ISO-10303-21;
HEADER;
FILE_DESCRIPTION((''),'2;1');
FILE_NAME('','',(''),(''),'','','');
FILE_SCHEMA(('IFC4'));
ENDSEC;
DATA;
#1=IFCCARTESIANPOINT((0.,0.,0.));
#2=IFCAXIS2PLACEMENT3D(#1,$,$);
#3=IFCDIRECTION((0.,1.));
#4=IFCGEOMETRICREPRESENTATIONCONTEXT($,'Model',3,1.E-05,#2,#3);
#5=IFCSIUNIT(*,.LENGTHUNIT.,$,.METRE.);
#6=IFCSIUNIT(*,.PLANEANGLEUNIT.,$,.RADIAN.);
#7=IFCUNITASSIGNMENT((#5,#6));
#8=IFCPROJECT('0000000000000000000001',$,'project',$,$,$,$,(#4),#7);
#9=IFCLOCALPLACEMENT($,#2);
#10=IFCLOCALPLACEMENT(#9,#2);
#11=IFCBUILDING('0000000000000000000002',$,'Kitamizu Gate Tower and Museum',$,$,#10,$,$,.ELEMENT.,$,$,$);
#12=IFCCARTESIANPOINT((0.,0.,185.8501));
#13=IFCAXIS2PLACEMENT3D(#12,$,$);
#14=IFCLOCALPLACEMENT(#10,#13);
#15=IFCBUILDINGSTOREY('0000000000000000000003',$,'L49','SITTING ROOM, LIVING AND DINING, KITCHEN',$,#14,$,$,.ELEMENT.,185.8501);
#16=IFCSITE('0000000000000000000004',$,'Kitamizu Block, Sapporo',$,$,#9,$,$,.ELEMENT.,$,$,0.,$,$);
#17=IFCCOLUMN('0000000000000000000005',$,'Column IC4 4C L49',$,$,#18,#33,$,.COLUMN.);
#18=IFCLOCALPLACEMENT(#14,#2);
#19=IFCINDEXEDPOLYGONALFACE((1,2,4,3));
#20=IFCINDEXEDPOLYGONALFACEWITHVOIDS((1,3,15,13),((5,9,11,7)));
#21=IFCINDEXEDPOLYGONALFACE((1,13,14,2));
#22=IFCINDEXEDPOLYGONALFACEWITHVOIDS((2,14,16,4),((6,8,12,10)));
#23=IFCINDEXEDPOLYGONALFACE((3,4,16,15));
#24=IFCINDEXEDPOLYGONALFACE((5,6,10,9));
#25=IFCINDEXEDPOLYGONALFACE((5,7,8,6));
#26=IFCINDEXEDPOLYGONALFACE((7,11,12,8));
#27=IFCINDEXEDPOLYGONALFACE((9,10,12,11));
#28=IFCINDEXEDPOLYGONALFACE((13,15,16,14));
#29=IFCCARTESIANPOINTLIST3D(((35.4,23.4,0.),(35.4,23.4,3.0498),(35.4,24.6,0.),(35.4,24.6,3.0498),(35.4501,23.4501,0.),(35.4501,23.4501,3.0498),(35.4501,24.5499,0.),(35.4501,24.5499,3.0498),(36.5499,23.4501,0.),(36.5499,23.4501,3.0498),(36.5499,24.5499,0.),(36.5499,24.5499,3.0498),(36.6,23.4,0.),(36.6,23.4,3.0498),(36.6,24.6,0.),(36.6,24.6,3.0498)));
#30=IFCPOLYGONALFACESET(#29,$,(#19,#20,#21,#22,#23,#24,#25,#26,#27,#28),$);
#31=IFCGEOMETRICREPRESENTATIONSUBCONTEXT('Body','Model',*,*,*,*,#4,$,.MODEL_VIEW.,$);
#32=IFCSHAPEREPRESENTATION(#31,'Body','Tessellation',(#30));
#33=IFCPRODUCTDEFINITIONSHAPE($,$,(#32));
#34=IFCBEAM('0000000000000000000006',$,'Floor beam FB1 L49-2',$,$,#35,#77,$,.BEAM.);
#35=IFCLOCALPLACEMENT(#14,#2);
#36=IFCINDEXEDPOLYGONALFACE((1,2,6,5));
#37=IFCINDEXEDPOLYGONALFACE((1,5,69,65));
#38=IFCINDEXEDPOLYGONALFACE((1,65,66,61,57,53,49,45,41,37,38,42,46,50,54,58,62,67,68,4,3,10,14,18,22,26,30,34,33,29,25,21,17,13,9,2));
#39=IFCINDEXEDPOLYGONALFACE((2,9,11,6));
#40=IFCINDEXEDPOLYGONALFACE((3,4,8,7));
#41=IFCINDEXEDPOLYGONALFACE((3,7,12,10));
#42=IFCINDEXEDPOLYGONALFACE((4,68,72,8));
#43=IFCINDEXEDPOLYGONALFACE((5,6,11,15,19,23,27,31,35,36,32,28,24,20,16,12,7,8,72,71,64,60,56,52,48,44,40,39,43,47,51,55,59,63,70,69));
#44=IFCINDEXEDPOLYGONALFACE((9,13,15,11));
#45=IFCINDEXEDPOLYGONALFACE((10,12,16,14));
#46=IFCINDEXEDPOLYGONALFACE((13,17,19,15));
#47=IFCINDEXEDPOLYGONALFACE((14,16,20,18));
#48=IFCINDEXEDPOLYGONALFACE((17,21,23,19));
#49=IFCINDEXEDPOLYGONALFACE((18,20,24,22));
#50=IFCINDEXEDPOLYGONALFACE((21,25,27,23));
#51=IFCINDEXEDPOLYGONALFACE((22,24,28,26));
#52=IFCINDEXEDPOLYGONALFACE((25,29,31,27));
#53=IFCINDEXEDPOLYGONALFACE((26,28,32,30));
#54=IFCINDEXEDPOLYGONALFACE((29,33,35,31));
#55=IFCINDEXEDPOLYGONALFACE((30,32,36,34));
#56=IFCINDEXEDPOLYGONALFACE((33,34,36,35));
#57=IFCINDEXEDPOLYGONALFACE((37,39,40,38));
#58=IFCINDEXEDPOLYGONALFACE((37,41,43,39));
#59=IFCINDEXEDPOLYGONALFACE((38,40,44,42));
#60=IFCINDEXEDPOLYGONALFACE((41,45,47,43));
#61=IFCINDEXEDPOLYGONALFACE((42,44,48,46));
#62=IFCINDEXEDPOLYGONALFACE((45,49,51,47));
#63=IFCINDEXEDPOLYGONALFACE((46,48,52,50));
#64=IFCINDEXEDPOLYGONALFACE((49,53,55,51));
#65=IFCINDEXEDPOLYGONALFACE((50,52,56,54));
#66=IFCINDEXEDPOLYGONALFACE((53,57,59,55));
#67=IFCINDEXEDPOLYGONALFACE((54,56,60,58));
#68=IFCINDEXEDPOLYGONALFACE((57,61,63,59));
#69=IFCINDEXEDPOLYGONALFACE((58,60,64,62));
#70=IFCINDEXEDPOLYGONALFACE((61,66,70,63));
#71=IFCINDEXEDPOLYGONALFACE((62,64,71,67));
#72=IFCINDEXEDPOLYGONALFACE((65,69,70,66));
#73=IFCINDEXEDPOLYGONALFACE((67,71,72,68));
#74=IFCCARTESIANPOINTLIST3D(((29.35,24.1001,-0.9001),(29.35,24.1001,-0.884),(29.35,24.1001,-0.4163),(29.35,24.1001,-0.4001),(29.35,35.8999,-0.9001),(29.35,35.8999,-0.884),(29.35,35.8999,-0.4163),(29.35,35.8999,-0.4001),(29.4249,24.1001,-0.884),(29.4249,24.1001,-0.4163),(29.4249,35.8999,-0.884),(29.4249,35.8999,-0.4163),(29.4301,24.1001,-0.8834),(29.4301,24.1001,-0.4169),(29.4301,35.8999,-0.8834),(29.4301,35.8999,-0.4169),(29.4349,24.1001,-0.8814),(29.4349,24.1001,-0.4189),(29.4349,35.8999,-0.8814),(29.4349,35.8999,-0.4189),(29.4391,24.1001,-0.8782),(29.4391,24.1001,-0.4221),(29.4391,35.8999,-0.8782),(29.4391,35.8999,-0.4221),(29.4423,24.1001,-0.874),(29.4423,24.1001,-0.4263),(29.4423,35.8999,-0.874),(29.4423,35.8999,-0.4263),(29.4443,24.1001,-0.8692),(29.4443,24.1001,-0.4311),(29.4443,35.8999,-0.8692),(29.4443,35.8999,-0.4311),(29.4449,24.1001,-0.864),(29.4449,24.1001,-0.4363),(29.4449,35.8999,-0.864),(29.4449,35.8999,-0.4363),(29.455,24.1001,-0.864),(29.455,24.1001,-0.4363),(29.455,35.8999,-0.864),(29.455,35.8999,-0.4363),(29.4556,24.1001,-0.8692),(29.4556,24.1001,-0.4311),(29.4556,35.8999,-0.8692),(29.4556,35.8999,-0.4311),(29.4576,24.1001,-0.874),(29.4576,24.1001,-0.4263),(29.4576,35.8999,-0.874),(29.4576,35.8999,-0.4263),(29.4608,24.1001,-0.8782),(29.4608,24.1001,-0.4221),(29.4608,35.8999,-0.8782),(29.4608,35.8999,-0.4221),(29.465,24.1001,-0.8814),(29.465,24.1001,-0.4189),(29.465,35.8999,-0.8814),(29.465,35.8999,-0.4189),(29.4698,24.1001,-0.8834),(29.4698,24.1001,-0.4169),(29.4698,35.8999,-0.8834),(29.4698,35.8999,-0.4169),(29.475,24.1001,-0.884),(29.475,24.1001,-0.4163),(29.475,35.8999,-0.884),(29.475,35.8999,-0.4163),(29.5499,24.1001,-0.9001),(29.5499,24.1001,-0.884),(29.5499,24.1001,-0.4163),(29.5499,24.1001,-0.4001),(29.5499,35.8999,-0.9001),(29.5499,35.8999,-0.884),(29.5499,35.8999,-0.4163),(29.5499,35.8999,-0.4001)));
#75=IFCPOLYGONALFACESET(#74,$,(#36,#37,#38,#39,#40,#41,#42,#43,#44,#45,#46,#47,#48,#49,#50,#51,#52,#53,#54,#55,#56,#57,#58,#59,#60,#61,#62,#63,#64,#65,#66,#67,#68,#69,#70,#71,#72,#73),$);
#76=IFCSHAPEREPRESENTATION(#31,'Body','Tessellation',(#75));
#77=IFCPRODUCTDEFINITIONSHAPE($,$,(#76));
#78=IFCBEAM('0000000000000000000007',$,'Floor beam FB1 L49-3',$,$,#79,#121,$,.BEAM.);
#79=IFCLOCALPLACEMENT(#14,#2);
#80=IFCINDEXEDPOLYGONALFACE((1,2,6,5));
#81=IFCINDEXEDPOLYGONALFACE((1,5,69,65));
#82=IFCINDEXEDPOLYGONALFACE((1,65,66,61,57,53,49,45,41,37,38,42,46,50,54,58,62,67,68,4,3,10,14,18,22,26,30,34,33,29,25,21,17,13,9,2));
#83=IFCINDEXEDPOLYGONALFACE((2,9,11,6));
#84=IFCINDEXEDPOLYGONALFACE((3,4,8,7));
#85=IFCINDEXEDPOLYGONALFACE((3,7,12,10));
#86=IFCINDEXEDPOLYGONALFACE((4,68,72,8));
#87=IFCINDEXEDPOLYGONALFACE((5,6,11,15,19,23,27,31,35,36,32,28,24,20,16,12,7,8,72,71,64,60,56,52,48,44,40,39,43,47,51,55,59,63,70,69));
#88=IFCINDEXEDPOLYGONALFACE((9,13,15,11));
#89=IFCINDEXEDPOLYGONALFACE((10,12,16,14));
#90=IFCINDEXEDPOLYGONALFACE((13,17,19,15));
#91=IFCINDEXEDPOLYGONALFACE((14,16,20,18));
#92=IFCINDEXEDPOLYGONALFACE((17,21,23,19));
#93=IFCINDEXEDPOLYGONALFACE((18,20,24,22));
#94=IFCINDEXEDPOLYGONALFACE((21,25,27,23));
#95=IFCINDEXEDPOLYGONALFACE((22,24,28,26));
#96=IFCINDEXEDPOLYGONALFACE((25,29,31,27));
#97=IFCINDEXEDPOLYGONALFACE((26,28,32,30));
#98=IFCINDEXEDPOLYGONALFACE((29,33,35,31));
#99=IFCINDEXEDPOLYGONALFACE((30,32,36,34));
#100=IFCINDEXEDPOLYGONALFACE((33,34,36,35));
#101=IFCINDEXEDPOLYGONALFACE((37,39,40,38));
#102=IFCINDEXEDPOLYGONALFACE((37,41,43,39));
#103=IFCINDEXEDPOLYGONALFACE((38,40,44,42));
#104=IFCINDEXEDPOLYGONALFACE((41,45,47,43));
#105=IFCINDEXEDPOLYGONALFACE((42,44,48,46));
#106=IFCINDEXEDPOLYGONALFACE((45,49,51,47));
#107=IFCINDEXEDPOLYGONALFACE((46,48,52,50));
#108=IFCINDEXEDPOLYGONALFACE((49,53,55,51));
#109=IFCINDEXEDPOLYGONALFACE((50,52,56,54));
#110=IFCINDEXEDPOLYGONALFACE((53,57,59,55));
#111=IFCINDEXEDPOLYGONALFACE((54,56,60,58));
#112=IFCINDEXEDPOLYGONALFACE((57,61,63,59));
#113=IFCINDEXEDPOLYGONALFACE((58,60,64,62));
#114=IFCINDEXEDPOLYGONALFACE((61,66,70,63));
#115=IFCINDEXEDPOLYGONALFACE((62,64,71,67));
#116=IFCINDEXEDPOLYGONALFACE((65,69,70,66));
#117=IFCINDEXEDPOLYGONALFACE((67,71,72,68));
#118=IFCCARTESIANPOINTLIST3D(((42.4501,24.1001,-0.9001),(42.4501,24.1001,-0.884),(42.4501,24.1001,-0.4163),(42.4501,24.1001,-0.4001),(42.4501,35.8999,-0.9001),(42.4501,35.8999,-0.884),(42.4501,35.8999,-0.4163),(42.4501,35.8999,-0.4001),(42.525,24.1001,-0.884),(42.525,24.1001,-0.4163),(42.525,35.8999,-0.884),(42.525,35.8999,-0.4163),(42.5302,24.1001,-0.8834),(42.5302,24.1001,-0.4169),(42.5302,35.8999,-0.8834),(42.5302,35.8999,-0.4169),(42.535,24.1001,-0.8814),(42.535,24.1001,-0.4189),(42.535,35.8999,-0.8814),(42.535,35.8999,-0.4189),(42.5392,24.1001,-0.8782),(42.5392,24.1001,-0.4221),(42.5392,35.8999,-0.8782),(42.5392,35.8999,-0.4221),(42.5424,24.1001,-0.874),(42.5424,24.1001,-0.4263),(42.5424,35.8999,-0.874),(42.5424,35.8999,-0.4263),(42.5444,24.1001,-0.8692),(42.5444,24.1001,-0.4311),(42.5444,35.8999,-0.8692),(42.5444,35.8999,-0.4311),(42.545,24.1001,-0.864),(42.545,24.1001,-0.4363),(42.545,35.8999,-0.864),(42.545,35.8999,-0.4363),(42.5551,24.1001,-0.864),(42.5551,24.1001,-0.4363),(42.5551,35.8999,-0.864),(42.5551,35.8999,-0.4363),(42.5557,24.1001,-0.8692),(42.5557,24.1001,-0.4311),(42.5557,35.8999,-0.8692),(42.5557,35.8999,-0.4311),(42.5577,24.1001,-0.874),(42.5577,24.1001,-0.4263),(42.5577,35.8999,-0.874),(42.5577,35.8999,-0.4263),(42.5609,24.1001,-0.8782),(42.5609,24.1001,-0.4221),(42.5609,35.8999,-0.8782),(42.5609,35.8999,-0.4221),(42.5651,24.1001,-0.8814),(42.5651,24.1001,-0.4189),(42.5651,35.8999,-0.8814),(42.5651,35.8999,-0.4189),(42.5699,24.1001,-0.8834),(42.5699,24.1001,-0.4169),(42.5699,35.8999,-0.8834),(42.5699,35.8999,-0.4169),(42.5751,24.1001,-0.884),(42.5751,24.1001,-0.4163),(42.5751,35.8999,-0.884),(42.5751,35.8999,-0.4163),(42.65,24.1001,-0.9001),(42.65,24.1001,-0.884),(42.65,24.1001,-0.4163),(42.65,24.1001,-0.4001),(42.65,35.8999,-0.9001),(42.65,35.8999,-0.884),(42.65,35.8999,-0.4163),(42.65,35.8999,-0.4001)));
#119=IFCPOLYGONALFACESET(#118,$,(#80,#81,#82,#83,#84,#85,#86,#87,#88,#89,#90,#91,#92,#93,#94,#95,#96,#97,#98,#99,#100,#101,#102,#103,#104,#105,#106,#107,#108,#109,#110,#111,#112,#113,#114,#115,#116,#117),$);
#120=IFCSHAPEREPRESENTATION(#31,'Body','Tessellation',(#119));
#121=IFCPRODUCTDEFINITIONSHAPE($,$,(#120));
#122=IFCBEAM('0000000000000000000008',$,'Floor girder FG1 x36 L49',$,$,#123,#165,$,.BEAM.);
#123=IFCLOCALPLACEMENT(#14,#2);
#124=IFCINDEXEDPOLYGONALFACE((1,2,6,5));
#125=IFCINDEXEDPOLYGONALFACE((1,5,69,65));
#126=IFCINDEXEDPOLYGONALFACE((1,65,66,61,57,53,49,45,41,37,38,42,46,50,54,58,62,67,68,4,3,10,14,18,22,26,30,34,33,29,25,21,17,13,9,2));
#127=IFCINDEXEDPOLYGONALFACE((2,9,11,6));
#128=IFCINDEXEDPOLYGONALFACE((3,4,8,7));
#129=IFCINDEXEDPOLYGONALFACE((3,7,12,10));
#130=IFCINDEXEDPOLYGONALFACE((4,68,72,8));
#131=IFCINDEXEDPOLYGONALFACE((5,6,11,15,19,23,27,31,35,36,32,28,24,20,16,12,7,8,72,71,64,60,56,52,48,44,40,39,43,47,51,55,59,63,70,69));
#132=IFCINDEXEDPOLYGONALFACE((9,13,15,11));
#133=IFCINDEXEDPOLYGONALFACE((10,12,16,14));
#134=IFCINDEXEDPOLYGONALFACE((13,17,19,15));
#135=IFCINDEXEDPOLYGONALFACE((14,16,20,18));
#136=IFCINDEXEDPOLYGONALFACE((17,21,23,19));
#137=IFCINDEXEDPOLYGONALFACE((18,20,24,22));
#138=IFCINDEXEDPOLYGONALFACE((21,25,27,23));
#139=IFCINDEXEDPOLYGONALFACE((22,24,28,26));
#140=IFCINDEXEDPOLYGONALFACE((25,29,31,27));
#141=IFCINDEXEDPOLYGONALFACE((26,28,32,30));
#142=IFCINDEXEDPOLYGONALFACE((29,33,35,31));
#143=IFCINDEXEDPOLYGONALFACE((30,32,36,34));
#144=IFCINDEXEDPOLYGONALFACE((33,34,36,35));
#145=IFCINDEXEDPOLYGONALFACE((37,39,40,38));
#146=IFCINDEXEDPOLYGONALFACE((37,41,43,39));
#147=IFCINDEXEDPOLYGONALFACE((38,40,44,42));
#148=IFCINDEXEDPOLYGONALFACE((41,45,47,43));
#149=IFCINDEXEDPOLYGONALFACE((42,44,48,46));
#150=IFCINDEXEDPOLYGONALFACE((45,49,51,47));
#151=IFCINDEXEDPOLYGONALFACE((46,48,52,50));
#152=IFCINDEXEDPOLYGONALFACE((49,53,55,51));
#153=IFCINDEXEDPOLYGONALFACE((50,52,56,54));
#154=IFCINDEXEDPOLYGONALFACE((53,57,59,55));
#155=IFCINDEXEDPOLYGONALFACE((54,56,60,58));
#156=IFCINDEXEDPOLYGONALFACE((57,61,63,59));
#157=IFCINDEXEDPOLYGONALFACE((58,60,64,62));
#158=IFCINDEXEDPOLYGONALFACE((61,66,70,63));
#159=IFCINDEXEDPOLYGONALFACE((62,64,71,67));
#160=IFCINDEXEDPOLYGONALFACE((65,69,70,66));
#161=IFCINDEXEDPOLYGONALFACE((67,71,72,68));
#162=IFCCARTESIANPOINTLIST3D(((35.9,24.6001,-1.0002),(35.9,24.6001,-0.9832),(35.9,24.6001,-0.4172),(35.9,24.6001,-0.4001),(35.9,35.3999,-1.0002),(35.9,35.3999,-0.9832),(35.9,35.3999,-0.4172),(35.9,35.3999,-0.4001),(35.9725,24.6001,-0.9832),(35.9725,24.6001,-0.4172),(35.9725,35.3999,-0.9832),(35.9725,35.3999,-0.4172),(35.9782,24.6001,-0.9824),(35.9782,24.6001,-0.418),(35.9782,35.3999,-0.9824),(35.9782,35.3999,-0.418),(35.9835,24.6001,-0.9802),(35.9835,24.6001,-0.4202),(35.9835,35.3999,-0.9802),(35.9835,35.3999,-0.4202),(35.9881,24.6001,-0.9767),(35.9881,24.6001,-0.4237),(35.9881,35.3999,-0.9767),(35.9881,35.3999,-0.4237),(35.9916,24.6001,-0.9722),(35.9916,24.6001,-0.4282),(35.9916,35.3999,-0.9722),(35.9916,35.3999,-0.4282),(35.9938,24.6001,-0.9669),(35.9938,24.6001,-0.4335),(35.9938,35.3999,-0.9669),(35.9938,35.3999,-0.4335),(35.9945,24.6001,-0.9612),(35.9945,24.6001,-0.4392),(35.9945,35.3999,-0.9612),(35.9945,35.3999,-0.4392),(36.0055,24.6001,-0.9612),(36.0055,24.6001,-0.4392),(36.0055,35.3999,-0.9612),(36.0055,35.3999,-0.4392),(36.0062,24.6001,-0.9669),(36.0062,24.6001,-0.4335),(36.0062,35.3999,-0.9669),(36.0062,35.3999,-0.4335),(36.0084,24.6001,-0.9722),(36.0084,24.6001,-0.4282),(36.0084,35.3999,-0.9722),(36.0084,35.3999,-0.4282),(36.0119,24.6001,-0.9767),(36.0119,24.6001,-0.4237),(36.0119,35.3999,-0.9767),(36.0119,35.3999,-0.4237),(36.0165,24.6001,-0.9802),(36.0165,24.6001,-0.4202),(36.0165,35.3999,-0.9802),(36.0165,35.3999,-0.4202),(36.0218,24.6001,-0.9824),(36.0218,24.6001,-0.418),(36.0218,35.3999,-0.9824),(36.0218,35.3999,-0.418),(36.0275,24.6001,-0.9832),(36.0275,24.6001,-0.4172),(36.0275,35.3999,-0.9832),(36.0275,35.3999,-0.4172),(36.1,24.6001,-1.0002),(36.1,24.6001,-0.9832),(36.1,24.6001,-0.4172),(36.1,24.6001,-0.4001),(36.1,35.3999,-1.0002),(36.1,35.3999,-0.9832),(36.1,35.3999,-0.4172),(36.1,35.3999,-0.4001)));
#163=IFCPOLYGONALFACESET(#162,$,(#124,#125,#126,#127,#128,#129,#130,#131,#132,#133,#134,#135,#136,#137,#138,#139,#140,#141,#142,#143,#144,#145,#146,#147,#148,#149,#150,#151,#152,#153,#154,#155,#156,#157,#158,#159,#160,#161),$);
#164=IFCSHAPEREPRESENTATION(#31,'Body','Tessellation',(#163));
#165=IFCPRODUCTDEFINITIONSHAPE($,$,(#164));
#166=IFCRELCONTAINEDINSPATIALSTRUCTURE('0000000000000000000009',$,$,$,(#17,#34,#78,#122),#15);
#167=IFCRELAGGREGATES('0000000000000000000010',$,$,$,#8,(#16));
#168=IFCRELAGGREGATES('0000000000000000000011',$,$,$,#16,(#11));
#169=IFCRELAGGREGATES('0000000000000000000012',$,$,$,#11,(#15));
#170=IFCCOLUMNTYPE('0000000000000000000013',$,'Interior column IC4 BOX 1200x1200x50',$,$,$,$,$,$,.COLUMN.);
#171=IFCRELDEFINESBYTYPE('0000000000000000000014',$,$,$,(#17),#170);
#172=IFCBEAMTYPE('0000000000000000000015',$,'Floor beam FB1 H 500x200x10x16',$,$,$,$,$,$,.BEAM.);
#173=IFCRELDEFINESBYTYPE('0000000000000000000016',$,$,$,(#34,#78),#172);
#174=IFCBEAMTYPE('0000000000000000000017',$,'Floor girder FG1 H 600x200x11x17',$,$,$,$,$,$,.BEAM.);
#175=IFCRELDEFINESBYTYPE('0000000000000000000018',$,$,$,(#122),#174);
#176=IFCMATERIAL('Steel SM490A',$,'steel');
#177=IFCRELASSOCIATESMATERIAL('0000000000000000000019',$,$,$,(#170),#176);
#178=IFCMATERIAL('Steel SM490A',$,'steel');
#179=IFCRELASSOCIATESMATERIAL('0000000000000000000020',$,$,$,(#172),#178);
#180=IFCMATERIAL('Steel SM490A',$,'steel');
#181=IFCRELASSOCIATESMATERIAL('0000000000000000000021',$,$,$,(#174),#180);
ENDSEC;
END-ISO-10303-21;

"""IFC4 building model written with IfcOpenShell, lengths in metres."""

from ifc_helpers import new_model, si_unit, direction, frame, origin, origin_2d, place, context, subcontext, project, spatial, hollow_rectangle, i_section, extrude, material, material_profile, profile_set, type_object, element, save


model = new_model("IFC4")

# Units and contexts
model_context = context("Model", 3, precision=1e-05, world=origin(), true_north=direction((0.0, 1.0)))
body_context = subcontext(model_context, "Body", "Model", "MODEL_VIEW")
ifc_project = project(units=[si_unit("LENGTHUNIT", "METRE"), si_unit("PLANEANGLEUNIT", "RADIAN")], contexts=[model_context])

# Site, building, storey
site_placement = place(None, origin())
site = spatial("IfcSite", under=ifc_project, at=site_placement, Name="Kitamizu Block, Sapporo", CompositionType="ELEMENT", RefElevation=0.0)
building_placement = place(site_placement, origin())
building = spatial("IfcBuilding", under=site, at=building_placement, Name="Kitamizu Gate Tower and Museum", CompositionType="ELEMENT")
storey_placement = place(building_placement, frame((0.0, 0.0, 185.8501)))
storey = spatial("IfcBuildingStorey", under=building, at=storey_placement, Name="L49", Description="SITTING ROOM, LIVING AND DINING, KITCHEN", CompositionType="ELEMENT", Elevation=185.8501)

# Column
ifc_material_1 = material(Name="Steel SM490A", Category="steel")
ifc_material_profile_1 = material_profile(ifc_material_1, hollow_rectangle(XDim=1.2, YDim=1.2, WallThickness=0.05, at=origin_2d()), Name="BOX 1200x1200x50")
ifc_profile_set_1 = profile_set([ifc_material_profile_1], Name="Steel SM490A")
column_type = type_object("IfcColumnType", Name="Interior column IC4 BOX 1200x1200x50", PredefinedType="COLUMN", material=ifc_profile_set_1)
column_placement = place(storey_placement, frame((36.0, 24.0, 0.0), z_axis=(0.0, 0.0, 1.0), x_axis=(1.0, 0.0, 0.0)))
element("IfcColumn", 1, at=column_placement, inside=storey, type_object=column_type, Name="Column IC4 4C L49", PredefinedType="COLUMN", context=body_context, shape_type="SweptSolid", body=[
    extrude(hollow_rectangle(XDim=1.2, YDim=1.2, WallThickness=0.05, at=origin_2d()), origin(), (0.0, 0.0, 1.0), 3.0498),
])

# Beams
ifc_material_2 = material(Name="Steel SM490A", Category="steel")
ifc_material_profile_2 = material_profile(ifc_material_2, i_section(OverallWidth=0.2, OverallDepth=0.5, WebThickness=0.01, FlangeThickness=0.0161, FilletRadius=0.02, at=origin_2d()), Name="H-500x200x10x16")
ifc_profile_set_2 = profile_set([ifc_material_profile_2], Name="Steel SM490A")
beam_type_1 = type_object("IfcBeamType", Name="Floor beam FB1 H 500x200x10x16", PredefinedType="BEAM", material=ifc_profile_set_2)
for number, where, z_axis, x_axis, name in (
    (2, (29.45, 24.1001, -0.6501), (0.0, 1.0, 0.0), (-1.0, 0.0, 0.0), "Floor beam FB1 L49-2"),
    (3, (42.55, 24.1001, -0.6501), (0.0, 1.0, 0.0), (-1.0, 0.0, 0.0), "Floor beam FB1 L49-3"),
):
    element("IfcBeam", number, at=place(storey_placement, frame(where, z_axis=z_axis, x_axis=x_axis)), inside=storey, type_object=beam_type_1, Name=name, PredefinedType="BEAM", context=body_context, shape_type="SweptSolid", body=[
        extrude(i_section(OverallWidth=0.2, OverallDepth=0.5, WebThickness=0.01, FlangeThickness=0.0161, FilletRadius=0.02, at=origin_2d()), origin(), (0.0, 0.0, 1.0), 11.7998),
    ])
ifc_material_3 = material(Name="Steel SM490A", Category="steel")
ifc_material_profile_3 = material_profile(ifc_material_3, i_section(OverallWidth=0.2, OverallDepth=0.6001, WebThickness=0.011, FlangeThickness=0.0171, FilletRadius=0.022, at=origin_2d()), Name="H-600x200x11x17")
ifc_profile_set_3 = profile_set([ifc_material_profile_3], Name="Steel SM490A")
beam_type_2 = type_object("IfcBeamType", Name="Floor girder FG1 H 600x200x11x17", PredefinedType="BEAM", material=ifc_profile_set_3)
beam_1_placement = place(storey_placement, frame((36.0, 24.6001, -0.7002), z_axis=(0.0, 1.0, 0.0), x_axis=(-1.0, 0.0, 0.0)))
element("IfcBeam", 4, at=beam_1_placement, inside=storey, type_object=beam_type_2, Name="Floor girder FG1 x36 L49", PredefinedType="BEAM", context=body_context, shape_type="SweptSolid", body=[
    extrude(i_section(OverallWidth=0.2, OverallDepth=0.6001, WebThickness=0.011, FlangeThickness=0.0171, FilletRadius=0.022, at=origin_2d()), origin(), (0.0, 0.0, 1.0), 10.7998),
])

save(model, "model.ifc")
